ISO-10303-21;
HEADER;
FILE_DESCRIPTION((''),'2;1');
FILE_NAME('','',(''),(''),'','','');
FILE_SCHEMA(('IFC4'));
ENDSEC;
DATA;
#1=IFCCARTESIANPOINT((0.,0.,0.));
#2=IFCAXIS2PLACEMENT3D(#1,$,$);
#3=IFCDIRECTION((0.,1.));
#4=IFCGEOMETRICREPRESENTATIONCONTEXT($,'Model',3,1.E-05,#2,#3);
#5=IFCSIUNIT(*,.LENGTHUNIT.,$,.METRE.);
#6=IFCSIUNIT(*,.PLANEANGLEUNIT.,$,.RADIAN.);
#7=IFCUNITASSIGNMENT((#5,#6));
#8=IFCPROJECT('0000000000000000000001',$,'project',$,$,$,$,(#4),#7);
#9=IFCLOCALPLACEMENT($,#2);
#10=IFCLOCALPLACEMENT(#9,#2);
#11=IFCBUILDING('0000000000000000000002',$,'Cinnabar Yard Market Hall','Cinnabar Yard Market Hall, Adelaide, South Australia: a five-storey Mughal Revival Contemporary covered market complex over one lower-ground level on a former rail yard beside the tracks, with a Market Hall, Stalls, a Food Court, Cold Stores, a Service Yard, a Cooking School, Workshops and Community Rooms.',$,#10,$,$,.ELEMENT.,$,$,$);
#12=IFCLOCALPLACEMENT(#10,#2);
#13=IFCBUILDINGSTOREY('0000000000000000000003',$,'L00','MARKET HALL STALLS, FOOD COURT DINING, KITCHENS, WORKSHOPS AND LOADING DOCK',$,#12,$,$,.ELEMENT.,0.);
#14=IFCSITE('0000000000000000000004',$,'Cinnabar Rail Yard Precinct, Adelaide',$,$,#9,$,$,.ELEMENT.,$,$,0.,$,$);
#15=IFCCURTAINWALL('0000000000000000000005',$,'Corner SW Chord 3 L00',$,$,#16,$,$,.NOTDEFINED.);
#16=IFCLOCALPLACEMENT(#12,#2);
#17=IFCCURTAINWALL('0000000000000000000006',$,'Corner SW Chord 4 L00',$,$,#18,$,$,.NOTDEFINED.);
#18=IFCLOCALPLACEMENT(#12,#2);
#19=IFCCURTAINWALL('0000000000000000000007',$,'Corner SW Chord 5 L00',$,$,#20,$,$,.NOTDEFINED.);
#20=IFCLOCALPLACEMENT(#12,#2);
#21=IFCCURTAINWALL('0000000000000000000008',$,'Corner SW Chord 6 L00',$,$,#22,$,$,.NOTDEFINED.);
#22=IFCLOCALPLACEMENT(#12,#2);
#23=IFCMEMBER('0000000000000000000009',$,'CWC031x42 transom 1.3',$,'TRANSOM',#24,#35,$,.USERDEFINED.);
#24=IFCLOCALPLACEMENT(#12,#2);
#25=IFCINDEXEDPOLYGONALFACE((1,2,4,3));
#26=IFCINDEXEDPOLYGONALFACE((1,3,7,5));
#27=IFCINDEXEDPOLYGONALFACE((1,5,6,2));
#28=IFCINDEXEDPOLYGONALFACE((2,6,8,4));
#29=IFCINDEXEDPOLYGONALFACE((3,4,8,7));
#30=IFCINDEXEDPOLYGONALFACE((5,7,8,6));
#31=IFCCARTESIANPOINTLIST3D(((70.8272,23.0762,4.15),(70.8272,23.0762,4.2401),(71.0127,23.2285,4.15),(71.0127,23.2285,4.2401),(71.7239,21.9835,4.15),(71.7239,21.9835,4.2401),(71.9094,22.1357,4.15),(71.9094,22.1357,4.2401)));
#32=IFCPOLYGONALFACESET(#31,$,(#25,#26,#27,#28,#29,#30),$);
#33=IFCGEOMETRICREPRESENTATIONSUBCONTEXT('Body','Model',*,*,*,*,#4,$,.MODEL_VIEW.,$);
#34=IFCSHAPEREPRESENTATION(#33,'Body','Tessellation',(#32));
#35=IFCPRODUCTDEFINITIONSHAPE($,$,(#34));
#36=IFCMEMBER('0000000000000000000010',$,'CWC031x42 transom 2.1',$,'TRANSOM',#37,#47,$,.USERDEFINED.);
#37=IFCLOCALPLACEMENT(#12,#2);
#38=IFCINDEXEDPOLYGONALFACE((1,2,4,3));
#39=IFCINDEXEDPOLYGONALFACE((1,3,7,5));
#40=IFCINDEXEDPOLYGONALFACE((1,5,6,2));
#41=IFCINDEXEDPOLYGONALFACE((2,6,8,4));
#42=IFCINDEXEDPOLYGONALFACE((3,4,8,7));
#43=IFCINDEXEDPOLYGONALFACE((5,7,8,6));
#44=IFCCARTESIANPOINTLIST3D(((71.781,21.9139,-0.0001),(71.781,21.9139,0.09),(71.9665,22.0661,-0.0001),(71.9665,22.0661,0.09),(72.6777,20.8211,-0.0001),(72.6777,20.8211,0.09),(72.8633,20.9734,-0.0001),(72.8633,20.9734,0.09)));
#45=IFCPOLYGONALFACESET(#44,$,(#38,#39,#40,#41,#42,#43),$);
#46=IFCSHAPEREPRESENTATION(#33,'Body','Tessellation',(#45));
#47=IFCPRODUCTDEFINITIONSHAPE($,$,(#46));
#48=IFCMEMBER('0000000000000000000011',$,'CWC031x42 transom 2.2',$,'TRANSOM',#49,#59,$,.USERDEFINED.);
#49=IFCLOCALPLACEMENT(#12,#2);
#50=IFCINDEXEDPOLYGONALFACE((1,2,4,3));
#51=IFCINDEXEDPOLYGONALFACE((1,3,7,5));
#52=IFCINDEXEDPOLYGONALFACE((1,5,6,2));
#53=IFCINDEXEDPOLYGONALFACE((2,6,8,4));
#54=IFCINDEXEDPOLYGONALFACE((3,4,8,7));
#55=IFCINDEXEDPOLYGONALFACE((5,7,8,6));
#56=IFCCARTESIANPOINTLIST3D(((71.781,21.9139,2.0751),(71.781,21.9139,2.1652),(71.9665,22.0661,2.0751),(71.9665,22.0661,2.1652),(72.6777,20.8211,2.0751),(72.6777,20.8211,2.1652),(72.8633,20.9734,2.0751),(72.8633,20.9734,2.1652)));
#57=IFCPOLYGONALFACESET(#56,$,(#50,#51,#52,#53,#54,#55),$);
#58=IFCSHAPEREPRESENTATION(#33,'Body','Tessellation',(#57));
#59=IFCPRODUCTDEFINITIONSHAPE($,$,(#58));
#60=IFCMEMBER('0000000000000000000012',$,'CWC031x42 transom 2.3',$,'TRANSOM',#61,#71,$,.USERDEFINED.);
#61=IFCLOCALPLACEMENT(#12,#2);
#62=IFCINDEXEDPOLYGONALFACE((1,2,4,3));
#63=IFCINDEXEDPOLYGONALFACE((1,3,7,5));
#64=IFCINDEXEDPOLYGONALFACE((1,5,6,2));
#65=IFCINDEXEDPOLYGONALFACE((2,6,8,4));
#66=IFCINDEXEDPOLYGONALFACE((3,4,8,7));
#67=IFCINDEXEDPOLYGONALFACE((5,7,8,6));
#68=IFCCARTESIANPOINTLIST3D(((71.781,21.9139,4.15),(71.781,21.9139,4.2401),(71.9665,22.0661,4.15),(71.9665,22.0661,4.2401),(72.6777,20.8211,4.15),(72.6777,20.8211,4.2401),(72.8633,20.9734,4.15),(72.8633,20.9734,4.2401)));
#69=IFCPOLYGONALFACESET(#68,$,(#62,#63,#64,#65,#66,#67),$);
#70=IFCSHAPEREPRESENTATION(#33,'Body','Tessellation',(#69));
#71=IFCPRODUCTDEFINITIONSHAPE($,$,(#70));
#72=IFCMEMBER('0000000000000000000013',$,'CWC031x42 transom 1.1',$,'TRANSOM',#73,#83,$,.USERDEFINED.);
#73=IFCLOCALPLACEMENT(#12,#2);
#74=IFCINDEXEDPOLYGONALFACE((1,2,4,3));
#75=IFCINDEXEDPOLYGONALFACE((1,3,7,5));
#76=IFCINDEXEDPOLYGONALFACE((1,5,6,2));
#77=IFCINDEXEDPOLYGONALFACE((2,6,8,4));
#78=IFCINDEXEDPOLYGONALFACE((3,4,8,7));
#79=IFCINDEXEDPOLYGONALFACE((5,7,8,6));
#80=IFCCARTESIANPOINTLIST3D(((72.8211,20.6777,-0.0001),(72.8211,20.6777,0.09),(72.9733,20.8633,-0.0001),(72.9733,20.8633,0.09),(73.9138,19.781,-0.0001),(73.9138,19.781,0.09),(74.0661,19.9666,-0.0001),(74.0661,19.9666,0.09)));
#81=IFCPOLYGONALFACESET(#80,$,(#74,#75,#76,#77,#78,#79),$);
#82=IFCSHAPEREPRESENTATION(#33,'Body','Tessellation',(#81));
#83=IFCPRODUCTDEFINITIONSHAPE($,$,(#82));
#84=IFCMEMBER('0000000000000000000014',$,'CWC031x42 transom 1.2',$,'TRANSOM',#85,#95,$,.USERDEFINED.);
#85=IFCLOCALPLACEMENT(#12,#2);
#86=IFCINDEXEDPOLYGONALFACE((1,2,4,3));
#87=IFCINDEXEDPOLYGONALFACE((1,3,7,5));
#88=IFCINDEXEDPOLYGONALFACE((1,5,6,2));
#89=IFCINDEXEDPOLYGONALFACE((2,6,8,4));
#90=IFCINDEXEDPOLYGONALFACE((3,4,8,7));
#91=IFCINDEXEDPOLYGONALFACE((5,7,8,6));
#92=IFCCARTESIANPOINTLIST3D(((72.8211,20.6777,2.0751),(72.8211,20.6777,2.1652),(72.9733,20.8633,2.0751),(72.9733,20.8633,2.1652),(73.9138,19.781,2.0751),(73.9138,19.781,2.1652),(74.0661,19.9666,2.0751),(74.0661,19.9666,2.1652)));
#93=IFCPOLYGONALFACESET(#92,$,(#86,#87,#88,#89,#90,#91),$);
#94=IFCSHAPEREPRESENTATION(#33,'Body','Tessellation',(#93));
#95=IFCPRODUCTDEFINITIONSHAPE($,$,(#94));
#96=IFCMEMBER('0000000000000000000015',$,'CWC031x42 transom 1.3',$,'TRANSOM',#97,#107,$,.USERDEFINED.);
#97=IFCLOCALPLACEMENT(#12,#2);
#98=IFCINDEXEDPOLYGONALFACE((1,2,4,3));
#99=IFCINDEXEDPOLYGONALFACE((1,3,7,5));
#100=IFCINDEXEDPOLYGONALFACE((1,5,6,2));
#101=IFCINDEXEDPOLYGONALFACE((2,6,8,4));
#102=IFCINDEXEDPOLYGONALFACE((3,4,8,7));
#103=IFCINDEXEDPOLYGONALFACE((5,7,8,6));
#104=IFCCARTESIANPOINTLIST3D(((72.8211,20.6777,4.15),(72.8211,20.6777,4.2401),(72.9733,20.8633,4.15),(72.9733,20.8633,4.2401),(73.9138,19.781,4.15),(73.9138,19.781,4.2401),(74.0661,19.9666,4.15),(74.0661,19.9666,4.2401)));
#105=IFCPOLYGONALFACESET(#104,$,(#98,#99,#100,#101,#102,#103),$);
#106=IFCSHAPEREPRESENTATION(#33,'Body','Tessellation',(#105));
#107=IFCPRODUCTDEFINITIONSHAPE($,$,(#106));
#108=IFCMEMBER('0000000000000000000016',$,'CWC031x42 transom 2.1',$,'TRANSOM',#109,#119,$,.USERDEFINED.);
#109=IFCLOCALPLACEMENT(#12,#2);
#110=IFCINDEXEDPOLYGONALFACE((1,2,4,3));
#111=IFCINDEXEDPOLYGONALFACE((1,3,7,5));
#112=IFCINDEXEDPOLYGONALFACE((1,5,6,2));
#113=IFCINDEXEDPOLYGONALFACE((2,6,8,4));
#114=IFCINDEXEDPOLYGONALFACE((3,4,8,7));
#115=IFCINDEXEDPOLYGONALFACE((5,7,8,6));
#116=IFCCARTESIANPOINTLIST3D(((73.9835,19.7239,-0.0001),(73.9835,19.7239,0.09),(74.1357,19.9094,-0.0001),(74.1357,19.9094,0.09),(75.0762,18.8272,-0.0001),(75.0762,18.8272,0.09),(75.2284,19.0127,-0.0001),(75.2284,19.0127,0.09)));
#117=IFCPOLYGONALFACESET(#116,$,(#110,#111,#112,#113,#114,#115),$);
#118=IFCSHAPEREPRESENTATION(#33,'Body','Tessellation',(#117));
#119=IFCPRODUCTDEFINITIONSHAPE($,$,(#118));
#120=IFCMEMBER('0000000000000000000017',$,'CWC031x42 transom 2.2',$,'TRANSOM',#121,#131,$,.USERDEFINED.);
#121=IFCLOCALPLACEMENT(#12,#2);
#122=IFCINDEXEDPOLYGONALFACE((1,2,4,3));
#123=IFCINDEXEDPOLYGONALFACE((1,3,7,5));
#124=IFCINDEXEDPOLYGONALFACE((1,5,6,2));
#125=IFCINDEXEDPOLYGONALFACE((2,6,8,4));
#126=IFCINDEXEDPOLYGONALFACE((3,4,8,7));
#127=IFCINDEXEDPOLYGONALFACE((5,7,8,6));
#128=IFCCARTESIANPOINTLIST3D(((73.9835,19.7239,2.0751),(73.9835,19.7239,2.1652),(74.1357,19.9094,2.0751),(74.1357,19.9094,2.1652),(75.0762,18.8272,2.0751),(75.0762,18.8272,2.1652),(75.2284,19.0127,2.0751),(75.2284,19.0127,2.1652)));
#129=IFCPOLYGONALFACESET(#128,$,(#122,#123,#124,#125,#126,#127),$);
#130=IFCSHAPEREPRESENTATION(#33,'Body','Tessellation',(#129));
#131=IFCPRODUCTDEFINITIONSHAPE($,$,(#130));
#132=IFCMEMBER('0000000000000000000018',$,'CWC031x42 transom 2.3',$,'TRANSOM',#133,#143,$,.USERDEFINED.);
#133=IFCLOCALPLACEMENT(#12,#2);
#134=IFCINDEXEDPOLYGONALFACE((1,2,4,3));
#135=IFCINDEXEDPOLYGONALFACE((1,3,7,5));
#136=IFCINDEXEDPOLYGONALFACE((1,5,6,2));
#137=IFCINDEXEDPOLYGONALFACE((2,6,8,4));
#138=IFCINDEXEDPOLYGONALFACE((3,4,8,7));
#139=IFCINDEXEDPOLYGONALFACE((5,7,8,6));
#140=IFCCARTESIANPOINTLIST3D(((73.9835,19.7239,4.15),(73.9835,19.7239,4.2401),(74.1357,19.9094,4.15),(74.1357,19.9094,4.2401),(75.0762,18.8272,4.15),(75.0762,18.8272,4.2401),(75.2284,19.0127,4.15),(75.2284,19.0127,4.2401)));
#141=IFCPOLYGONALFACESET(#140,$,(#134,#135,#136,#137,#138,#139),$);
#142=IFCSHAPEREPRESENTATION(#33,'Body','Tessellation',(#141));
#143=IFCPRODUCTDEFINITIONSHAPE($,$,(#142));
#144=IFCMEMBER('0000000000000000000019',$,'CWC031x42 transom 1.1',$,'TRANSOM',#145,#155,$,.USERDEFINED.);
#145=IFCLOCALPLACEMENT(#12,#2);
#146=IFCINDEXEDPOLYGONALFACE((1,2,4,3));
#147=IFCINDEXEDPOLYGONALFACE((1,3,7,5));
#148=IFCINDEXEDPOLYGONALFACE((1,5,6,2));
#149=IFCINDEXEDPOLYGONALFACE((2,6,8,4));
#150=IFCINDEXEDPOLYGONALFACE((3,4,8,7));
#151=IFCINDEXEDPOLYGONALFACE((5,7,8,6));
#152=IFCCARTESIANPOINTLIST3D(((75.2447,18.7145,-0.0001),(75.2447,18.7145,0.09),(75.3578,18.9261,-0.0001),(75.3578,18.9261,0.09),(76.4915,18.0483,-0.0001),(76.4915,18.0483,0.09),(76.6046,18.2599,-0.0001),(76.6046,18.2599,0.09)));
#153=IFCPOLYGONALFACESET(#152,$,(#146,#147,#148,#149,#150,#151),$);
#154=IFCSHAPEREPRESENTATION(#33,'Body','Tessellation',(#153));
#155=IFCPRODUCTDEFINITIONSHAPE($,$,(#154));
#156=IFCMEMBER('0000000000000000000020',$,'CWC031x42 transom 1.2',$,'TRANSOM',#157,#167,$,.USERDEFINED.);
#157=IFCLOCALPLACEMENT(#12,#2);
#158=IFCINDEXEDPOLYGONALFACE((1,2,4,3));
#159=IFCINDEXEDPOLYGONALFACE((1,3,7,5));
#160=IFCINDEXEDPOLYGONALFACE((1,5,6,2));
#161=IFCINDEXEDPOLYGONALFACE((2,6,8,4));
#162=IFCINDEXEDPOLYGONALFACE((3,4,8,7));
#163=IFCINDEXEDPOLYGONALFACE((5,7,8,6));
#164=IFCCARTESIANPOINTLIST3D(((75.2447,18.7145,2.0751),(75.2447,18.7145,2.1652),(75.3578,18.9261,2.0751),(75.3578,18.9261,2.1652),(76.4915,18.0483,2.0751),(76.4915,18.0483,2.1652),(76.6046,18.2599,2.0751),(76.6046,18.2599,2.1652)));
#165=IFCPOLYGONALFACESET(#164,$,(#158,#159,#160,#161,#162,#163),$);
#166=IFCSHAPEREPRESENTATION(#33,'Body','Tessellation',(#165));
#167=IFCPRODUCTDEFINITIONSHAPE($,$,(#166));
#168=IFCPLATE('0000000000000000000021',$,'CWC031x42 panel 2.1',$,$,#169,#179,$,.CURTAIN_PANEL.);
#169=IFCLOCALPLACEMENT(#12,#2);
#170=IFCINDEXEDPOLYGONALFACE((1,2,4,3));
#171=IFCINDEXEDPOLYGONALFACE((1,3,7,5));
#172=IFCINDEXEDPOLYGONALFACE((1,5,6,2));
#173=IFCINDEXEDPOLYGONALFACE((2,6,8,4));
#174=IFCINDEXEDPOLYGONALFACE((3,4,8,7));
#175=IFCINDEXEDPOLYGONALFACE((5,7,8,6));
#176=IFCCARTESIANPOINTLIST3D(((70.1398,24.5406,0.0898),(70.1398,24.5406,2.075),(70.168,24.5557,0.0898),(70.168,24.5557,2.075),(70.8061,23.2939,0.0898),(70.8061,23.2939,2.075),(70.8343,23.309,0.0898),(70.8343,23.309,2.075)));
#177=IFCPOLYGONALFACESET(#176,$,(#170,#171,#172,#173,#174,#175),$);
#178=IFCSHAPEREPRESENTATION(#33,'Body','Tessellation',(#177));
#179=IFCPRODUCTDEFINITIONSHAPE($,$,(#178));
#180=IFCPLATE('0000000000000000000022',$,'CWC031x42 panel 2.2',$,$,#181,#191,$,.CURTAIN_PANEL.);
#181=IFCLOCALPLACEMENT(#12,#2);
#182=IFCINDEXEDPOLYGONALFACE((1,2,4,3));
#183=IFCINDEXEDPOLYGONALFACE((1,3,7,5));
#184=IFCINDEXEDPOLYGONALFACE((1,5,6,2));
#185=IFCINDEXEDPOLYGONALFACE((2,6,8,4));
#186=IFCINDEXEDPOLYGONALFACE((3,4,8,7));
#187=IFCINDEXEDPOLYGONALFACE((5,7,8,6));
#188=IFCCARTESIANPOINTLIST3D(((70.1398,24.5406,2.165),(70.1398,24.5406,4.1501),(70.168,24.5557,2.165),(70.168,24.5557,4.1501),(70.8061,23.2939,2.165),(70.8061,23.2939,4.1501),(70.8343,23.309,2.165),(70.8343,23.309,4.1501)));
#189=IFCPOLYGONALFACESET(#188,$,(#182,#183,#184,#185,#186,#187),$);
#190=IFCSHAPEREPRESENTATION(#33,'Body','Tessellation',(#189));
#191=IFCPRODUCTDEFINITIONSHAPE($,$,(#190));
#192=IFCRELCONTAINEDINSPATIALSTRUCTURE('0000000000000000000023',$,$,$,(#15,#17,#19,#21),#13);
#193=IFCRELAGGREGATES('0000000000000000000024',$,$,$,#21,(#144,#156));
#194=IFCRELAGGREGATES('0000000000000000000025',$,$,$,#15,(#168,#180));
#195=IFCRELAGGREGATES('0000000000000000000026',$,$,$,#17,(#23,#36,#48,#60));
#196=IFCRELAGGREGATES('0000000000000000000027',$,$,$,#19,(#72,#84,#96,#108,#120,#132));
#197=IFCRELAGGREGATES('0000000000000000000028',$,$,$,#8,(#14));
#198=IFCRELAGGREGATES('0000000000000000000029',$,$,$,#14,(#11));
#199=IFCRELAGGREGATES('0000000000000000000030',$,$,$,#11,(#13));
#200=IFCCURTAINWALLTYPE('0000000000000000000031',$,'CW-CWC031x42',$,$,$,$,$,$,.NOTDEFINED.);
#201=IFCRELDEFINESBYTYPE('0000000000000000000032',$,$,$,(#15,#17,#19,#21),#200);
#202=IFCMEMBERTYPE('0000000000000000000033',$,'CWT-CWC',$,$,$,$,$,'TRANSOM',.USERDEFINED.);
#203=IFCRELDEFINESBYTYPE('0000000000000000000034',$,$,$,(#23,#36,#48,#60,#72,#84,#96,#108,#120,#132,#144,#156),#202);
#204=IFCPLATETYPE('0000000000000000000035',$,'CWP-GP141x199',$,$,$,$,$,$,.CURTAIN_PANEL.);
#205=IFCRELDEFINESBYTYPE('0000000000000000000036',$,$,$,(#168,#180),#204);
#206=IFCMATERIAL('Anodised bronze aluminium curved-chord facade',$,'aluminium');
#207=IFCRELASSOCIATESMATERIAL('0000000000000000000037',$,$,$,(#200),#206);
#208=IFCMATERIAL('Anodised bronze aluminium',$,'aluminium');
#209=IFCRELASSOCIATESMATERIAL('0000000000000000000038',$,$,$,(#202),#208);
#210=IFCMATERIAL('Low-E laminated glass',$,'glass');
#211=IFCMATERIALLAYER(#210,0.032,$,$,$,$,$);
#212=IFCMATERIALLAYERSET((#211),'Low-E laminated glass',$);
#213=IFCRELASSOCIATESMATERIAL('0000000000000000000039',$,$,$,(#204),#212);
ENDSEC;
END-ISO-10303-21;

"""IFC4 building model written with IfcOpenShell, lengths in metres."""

from ifc_helpers import new_model, si_unit, direction, frame, origin, origin_2d_with_axis, place, context, subcontext, project, spatial, rectangle, extrude, material, layer, layer_set, material_profile, profile_set, type_object, element, aggregate, save


model = new_model("IFC4")

# Units and contexts
model_context = context("Model", 3, precision=1e-05, world=origin(), true_north=direction((0.0, 1.0)))
body_context = subcontext(model_context, "Body", "Model", "MODEL_VIEW")
ifc_project = project(units=[si_unit("LENGTHUNIT", "METRE"), si_unit("PLANEANGLEUNIT", "RADIAN")], contexts=[model_context])

# Site, building, storey
site_placement = place(None, origin())
site = spatial("IfcSite", under=ifc_project, at=site_placement, Name="Cinnabar Rail Yard Precinct, Adelaide", CompositionType="ELEMENT", RefElevation=0.0)
building_placement = place(site_placement, origin())
building = spatial("IfcBuilding", under=site, at=building_placement, Name="Cinnabar Yard Market Hall", Description="Cinnabar Yard Market Hall, Adelaide, South Australia: a five-storey Mughal Revival Contemporary covered market complex over one lower-ground level on a former rail yard beside the tracks, with a Market Hall, Stalls, a Food Court, Cold Stores, a Service Yard, a Cooking School, Workshops and Community Rooms.", CompositionType="ELEMENT")
storey_placement = place(building_placement, origin())
storey = spatial("IfcBuildingStorey", under=building, at=storey_placement, Name="L00", Description="MARKET HALL STALLS, FOOD COURT DINING, KITCHENS, WORKSHOPS AND LOADING DOCK", CompositionType="ELEMENT", Elevation=0.0)

# Curtain wall
ifc_material_1 = material(Name="Anodised bronze aluminium curved-chord facade", Category="aluminium")
curtain_wall_type = type_object("IfcCurtainWallType", Name="CW-CWC031x42", PredefinedType="NOTDEFINED", material=ifc_material_1)
curtain_wall_1_placement = place(storey_placement, origin())
curtain_wall_1 = element("IfcCurtainWall", 1, at=curtain_wall_1_placement, inside=storey, type_object=curtain_wall_type, Name="Corner SW Chord 3 L00", PredefinedType="NOTDEFINED")
ifc_material_2 = material(Name="Anodised bronze aluminium", Category="aluminium")

# Curtain walls
curtain_wall_2_placement = place(storey_placement, origin())
curtain_wall_2 = element("IfcCurtainWall", 2, at=curtain_wall_2_placement, inside=storey, type_object=curtain_wall_type, Name="Corner SW Chord 4 L00", PredefinedType="NOTDEFINED")
curtain_wall_3_placement = place(storey_placement, origin())
curtain_wall_3 = element("IfcCurtainWall", 3, at=curtain_wall_3_placement, inside=storey, type_object=curtain_wall_type, Name="Corner SW Chord 5 L00", PredefinedType="NOTDEFINED")

# Curtain wall
curtain_wall_4_placement = place(storey_placement, origin())
curtain_wall_4 = element("IfcCurtainWall", 4, at=curtain_wall_4_placement, inside=storey, type_object=curtain_wall_type, Name="Corner SW Chord 6 L00", PredefinedType="NOTDEFINED")

# Members
ifc_material_profile_1 = material_profile(ifc_material_2, rectangle(XDim=0.24, YDim=0.0901, at=origin_2d_with_axis()), Name="TRN-CWC")
ifc_profile_set_1 = profile_set([ifc_material_profile_1], Name="Anodised bronze aluminium")
member_type_1 = type_object("IfcMemberType", Name="CWT-CWC", ElementType="TRANSOM", PredefinedType="USERDEFINED", material=ifc_profile_set_1)
member_1_placement = place(storey_placement, frame((70.9199, 23.1523, 4.1951), z_axis=(0.634356, -0.773041, 0.0), x_axis=(0.773041, 0.634356, 0.0)))
member_1 = element("IfcMember", 5, at=member_1_placement, type_object=member_type_1, Name="CWC031x42 transom 1.3", ObjectType="TRANSOM", PredefinedType="USERDEFINED", context=body_context, shape_type="SweptSolid", body=[
    extrude(rectangle(XDim=0.24, YDim=0.0901, at=origin_2d_with_axis()), origin(), (0.0, 0.0, 1.0), 1.4136),
])
member_2_placement = place(storey_placement, frame((71.8738, 21.99, 0.0449), z_axis=(0.634356, -0.773041, 0.0), x_axis=(0.773041, 0.634356, 0.0)))
member_2 = element("IfcMember", 6, at=member_2_placement, type_object=member_type_1, Name="CWC031x42 transom 2.1", ObjectType="TRANSOM", PredefinedType="USERDEFINED", context=body_context, shape_type="SweptSolid", body=[
    extrude(rectangle(XDim=0.24, YDim=0.0901, at=origin_2d_with_axis()), origin(), (0.0, 0.0, 1.0), 1.4136),
])
member_3_placement = place(storey_placement, frame((71.8738, 21.99, 2.1201), z_axis=(0.634356, -0.773041, 0.0), x_axis=(0.773041, 0.634356, 0.0)))
member_3 = element("IfcMember", 7, at=member_3_placement, type_object=member_type_1, Name="CWC031x42 transom 2.2", ObjectType="TRANSOM", PredefinedType="USERDEFINED", context=body_context, shape_type="SweptSolid", body=[
    extrude(rectangle(XDim=0.24, YDim=0.0901, at=origin_2d_with_axis()), origin(), (0.0, 0.0, 1.0), 1.4136),
])
member_4_placement = place(storey_placement, frame((71.8738, 21.99, 4.1951), z_axis=(0.634356, -0.773041, 0.0), x_axis=(0.773041, 0.634356, 0.0)))
member_4 = element("IfcMember", 8, at=member_4_placement, type_object=member_type_1, Name="CWC031x42 transom 2.3", ObjectType="TRANSOM", PredefinedType="USERDEFINED", context=body_context, shape_type="SweptSolid", body=[
    extrude(rectangle(XDim=0.24, YDim=0.0901, at=origin_2d_with_axis()), origin(), (0.0, 0.0, 1.0), 1.4136),
])
member_5_placement = place(storey_placement, frame((72.8972, 20.7705, 0.0449), z_axis=(0.773041, -0.634356, 0.0), x_axis=(0.634356, 0.773041, 0.0)))
member_5 = element("IfcMember", 9, at=member_5_placement, type_object=member_type_1, Name="CWC031x42 transom 1.1", ObjectType="TRANSOM", PredefinedType="USERDEFINED", context=body_context, shape_type="SweptSolid", body=[
    extrude(rectangle(XDim=0.24, YDim=0.0901, at=origin_2d_with_axis()), origin(), (0.0, 0.0, 1.0), 1.4136),
])
member_6_placement = place(storey_placement, frame((72.8972, 20.7705, 2.1201), z_axis=(0.773041, -0.634356, 0.0), x_axis=(0.634356, 0.773041, 0.0)))
member_6 = element("IfcMember", 10, at=member_6_placement, type_object=member_type_1, Name="CWC031x42 transom 1.2", ObjectType="TRANSOM", PredefinedType="USERDEFINED", context=body_context, shape_type="SweptSolid", body=[
    extrude(rectangle(XDim=0.24, YDim=0.0901, at=origin_2d_with_axis()), origin(), (0.0, 0.0, 1.0), 1.4136),
])
member_7_placement = place(storey_placement, frame((72.8972, 20.7705, 4.1951), z_axis=(0.773041, -0.634356, 0.0), x_axis=(0.634356, 0.773041, 0.0)))
member_7 = element("IfcMember", 11, at=member_7_placement, type_object=member_type_1, Name="CWC031x42 transom 1.3", ObjectType="TRANSOM", PredefinedType="USERDEFINED", context=body_context, shape_type="SweptSolid", body=[
    extrude(rectangle(XDim=0.24, YDim=0.0901, at=origin_2d_with_axis()), origin(), (0.0, 0.0, 1.0), 1.4136),
])
member_8_placement = place(storey_placement, frame((74.0596, 19.8167, 0.0449), z_axis=(0.773041, -0.634356, 0.0), x_axis=(0.634356, 0.773041, 0.0)))
member_8 = element("IfcMember", 12, at=member_8_placement, type_object=member_type_1, Name="CWC031x42 transom 2.1", ObjectType="TRANSOM", PredefinedType="USERDEFINED", context=body_context, shape_type="SweptSolid", body=[
    extrude(rectangle(XDim=0.24, YDim=0.0901, at=origin_2d_with_axis()), origin(), (0.0, 0.0, 1.0), 1.4136),
])
member_9_placement = place(storey_placement, frame((74.0596, 19.8167, 2.1201), z_axis=(0.773041, -0.634356, 0.0), x_axis=(0.634356, 0.773041, 0.0)))
member_9 = element("IfcMember", 13, at=member_9_placement, type_object=member_type_1, Name="CWC031x42 transom 2.2", ObjectType="TRANSOM", PredefinedType="USERDEFINED", context=body_context, shape_type="SweptSolid", body=[
    extrude(rectangle(XDim=0.24, YDim=0.0901, at=origin_2d_with_axis()), origin(), (0.0, 0.0, 1.0), 1.4136),
])
member_10_placement = place(storey_placement, frame((74.0596, 19.8167, 4.1951), z_axis=(0.773041, -0.634356, 0.0), x_axis=(0.634356, 0.773041, 0.0)))
member_10 = element("IfcMember", 14, at=member_10_placement, type_object=member_type_1, Name="CWC031x42 transom 2.3", ObjectType="TRANSOM", PredefinedType="USERDEFINED", context=body_context, shape_type="SweptSolid", body=[
    extrude(rectangle(XDim=0.24, YDim=0.0901, at=origin_2d_with_axis()), origin(), (0.0, 0.0, 1.0), 1.4136),
])
member_11_placement = place(storey_placement, frame((75.3013, 18.8203, 0.0449), z_axis=(0.881975, -0.471296, 0.0), x_axis=(0.471296, 0.881975, 0.0)))
member_11 = element("IfcMember", 15, at=member_11_placement, type_object=member_type_1, Name="CWC031x42 transom 1.1", ObjectType="TRANSOM", PredefinedType="USERDEFINED", context=body_context, shape_type="SweptSolid", body=[
    extrude(rectangle(XDim=0.24, YDim=0.0901, at=origin_2d_with_axis()), origin(), (0.0, 0.0, 1.0), 1.4136),
])
member_12_placement = place(storey_placement, frame((75.3013, 18.8203, 2.1201), z_axis=(0.881975, -0.471296, 0.0), x_axis=(0.471296, 0.881975, 0.0)))
member_12 = element("IfcMember", 16, at=member_12_placement, type_object=member_type_1, Name="CWC031x42 transom 1.2", ObjectType="TRANSOM", PredefinedType="USERDEFINED", context=body_context, shape_type="SweptSolid", body=[
    extrude(rectangle(XDim=0.24, YDim=0.0901, at=origin_2d_with_axis()), origin(), (0.0, 0.0, 1.0), 1.4136),
])
aggregate(curtain_wall_4, [member_11, member_12])

# Plates
ifc_material_3 = material(Name="Low-E laminated glass", Category="glass")
ifc_layer = layer(ifc_material_3, 0.032)
ifc_layer_set = layer_set([ifc_layer], Name="Low-E laminated glass")
plate_type = type_object("IfcPlateType", Name="CWP-GP141x199", PredefinedType="CURTAIN_PANEL", material=ifc_layer_set)
plate_1_placement = place(storey_placement, frame((70.4871, 23.9248, 0.0898), z_axis=(0.0, 0.0, 1.0), x_axis=(0.471404, -0.881917, 0.0)))
plate_1 = element("IfcPlate", 17, at=plate_1_placement, type_object=plate_type, Name="CWC031x42 panel 2.1", PredefinedType="CURTAIN_PANEL", context=body_context, shape_type="SweptSolid", body=[
    extrude(rectangle(XDim=1.4136, YDim=0.032, at=origin_2d_with_axis()), origin(), (0.0, 0.0, 1.0), 1.9851),
])
plate_2_placement = place(storey_placement, frame((70.4871, 23.9248, 2.165), z_axis=(0.0, 0.0, 1.0), x_axis=(0.471404, -0.881917, 0.0)))
plate_2 = element("IfcPlate", 18, at=plate_2_placement, type_object=plate_type, Name="CWC031x42 panel 2.2", PredefinedType="CURTAIN_PANEL", context=body_context, shape_type="SweptSolid", body=[
    extrude(rectangle(XDim=1.4136, YDim=0.032, at=origin_2d_with_axis()), origin(), (0.0, 0.0, 1.0), 1.9851),
])
aggregate(curtain_wall_1, [plate_1, plate_2])
aggregate(curtain_wall_2, [member_1, member_2, member_3, member_4])
aggregate(curtain_wall_3, [member_5, member_6, member_7, member_8, member_9, member_10])

save(model, "model.ifc")
